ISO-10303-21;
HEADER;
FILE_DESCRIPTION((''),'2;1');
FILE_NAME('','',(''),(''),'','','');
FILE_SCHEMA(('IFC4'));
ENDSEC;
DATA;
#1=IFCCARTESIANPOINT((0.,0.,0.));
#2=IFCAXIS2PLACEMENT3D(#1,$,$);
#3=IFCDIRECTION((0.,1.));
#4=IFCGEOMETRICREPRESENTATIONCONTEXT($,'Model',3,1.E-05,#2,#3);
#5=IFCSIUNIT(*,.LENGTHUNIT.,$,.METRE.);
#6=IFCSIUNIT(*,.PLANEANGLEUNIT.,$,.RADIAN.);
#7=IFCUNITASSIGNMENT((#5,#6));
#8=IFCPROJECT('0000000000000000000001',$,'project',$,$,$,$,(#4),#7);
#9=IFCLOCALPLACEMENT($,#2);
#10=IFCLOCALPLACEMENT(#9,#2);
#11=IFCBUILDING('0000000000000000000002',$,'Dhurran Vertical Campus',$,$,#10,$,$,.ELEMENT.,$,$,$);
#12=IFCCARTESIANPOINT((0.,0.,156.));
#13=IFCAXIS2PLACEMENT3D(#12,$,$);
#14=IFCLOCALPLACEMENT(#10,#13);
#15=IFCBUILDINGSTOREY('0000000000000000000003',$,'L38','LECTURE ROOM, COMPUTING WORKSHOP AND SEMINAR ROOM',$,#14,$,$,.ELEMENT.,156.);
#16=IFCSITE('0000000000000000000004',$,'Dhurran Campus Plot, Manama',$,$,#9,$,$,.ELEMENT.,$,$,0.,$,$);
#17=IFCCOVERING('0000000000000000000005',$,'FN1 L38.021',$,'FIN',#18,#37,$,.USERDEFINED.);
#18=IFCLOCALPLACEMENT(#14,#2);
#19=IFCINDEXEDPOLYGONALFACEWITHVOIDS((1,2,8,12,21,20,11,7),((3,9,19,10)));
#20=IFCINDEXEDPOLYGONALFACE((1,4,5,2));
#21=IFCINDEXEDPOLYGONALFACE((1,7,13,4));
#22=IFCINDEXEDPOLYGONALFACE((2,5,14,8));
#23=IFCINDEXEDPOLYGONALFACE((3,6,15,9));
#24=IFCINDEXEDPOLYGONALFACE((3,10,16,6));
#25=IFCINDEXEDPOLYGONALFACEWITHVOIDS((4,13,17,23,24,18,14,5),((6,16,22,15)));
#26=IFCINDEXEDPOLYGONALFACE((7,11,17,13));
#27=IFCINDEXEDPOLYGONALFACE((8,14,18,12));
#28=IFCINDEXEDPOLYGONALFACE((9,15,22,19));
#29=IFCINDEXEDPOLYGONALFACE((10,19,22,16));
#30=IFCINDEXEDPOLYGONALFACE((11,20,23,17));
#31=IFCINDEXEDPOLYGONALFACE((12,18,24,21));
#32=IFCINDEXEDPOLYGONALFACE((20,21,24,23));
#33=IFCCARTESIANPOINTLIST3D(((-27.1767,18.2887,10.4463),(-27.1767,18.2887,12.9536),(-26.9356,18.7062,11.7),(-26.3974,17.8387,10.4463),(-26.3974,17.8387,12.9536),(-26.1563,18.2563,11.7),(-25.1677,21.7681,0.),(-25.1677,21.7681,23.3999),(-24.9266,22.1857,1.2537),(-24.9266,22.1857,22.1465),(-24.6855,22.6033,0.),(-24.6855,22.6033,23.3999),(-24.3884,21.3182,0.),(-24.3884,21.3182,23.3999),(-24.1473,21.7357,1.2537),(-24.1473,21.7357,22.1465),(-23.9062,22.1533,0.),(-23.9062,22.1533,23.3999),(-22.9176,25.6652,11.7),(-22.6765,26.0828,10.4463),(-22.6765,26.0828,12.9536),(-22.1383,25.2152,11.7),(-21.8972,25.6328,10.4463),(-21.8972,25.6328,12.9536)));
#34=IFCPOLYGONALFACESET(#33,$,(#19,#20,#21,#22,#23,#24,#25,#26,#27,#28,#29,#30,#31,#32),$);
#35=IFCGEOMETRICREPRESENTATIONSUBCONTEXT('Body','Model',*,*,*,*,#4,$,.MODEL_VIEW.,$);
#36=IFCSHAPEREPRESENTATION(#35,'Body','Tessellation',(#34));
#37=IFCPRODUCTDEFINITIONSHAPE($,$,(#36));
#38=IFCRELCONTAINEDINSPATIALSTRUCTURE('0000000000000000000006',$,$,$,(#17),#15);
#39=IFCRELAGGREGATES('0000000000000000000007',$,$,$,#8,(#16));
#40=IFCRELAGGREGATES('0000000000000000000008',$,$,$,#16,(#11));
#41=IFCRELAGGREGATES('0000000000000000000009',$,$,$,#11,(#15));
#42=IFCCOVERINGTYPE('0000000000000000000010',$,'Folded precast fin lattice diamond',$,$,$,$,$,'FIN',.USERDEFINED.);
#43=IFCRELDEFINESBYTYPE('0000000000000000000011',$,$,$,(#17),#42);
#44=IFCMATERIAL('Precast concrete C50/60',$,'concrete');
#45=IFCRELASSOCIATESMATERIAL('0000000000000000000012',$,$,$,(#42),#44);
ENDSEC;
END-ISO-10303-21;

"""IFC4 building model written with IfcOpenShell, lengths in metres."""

from ifc_helpers import new_model, si_unit, direction, frame, origin, place, context, subcontext, project, spatial, polyline, outline, extrude, material, type_object, element, save


model = new_model("IFC4")

# Units and contexts
model_context = context("Model", 3, precision=1e-05, world=origin(), true_north=direction((0.0, 1.0)))
body_context = subcontext(model_context, "Body", "Model", "MODEL_VIEW")
ifc_project = project(units=[si_unit("LENGTHUNIT", "METRE"), si_unit("PLANEANGLEUNIT", "RADIAN")], contexts=[model_context])

# Site, building, storey
site_placement = place(None, origin())
site = spatial("IfcSite", under=ifc_project, at=site_placement, Name="Dhurran Campus Plot, Manama", CompositionType="ELEMENT", RefElevation=0.0)
building_placement = place(site_placement, origin())
building = spatial("IfcBuilding", under=site, at=building_placement, Name="Dhurran Vertical Campus", CompositionType="ELEMENT")
storey_placement = place(building_placement, frame((0.0, 0.0, 156.0)))
storey = spatial("IfcBuildingStorey", under=building, at=storey_placement, Name="L38", Description="LECTURE ROOM, COMPUTING WORKSHOP AND SEMINAR ROOM", CompositionType="ELEMENT", Elevation=156.0)

# Covering
ifc_material_1 = material(Name="Precast concrete C50/60", Category="concrete")
covering_type = type_object("IfcCoveringType", Name="Folded precast fin lattice diamond", ElementType="FIN", PredefinedType="USERDEFINED", material=ifc_material_1)
for number, where, z_axis, x_axis, name in (
    (1, (-21.8972, 25.6328, 0.0), (-0.866014, 0.50002, 0.0), (-0.50002, -0.866014, 0.0), "FN1 L38.021"),
):
    element("IfcCovering", number, at=place(storey_placement, frame(where, z_axis=z_axis, x_axis=x_axis)), inside=storey, type_object=covering_type, Name=name, ObjectType="FIN", PredefinedType="USERDEFINED", context=body_context, shape_type="SweptSolid", body=[
        extrude(outline(polyline([(9.0, 12.9536), (9.0, 10.4463), (4.9822, 0.0), (4.0178, 0.0), (0.0, 10.4463), (0.0, 12.9536), (4.0178, 23.3999), (4.9822, 23.3999), (9.0, 12.9536)]), holes=[polyline([(8.5178, 11.7), (4.5, 22.1465), (0.4822, 11.7), (4.5, 1.2537), (8.5178, 11.7)])]), origin(), (0.0, 0.0, 1.0), 0.8999),
    ])

save(model, "model.ifc")
